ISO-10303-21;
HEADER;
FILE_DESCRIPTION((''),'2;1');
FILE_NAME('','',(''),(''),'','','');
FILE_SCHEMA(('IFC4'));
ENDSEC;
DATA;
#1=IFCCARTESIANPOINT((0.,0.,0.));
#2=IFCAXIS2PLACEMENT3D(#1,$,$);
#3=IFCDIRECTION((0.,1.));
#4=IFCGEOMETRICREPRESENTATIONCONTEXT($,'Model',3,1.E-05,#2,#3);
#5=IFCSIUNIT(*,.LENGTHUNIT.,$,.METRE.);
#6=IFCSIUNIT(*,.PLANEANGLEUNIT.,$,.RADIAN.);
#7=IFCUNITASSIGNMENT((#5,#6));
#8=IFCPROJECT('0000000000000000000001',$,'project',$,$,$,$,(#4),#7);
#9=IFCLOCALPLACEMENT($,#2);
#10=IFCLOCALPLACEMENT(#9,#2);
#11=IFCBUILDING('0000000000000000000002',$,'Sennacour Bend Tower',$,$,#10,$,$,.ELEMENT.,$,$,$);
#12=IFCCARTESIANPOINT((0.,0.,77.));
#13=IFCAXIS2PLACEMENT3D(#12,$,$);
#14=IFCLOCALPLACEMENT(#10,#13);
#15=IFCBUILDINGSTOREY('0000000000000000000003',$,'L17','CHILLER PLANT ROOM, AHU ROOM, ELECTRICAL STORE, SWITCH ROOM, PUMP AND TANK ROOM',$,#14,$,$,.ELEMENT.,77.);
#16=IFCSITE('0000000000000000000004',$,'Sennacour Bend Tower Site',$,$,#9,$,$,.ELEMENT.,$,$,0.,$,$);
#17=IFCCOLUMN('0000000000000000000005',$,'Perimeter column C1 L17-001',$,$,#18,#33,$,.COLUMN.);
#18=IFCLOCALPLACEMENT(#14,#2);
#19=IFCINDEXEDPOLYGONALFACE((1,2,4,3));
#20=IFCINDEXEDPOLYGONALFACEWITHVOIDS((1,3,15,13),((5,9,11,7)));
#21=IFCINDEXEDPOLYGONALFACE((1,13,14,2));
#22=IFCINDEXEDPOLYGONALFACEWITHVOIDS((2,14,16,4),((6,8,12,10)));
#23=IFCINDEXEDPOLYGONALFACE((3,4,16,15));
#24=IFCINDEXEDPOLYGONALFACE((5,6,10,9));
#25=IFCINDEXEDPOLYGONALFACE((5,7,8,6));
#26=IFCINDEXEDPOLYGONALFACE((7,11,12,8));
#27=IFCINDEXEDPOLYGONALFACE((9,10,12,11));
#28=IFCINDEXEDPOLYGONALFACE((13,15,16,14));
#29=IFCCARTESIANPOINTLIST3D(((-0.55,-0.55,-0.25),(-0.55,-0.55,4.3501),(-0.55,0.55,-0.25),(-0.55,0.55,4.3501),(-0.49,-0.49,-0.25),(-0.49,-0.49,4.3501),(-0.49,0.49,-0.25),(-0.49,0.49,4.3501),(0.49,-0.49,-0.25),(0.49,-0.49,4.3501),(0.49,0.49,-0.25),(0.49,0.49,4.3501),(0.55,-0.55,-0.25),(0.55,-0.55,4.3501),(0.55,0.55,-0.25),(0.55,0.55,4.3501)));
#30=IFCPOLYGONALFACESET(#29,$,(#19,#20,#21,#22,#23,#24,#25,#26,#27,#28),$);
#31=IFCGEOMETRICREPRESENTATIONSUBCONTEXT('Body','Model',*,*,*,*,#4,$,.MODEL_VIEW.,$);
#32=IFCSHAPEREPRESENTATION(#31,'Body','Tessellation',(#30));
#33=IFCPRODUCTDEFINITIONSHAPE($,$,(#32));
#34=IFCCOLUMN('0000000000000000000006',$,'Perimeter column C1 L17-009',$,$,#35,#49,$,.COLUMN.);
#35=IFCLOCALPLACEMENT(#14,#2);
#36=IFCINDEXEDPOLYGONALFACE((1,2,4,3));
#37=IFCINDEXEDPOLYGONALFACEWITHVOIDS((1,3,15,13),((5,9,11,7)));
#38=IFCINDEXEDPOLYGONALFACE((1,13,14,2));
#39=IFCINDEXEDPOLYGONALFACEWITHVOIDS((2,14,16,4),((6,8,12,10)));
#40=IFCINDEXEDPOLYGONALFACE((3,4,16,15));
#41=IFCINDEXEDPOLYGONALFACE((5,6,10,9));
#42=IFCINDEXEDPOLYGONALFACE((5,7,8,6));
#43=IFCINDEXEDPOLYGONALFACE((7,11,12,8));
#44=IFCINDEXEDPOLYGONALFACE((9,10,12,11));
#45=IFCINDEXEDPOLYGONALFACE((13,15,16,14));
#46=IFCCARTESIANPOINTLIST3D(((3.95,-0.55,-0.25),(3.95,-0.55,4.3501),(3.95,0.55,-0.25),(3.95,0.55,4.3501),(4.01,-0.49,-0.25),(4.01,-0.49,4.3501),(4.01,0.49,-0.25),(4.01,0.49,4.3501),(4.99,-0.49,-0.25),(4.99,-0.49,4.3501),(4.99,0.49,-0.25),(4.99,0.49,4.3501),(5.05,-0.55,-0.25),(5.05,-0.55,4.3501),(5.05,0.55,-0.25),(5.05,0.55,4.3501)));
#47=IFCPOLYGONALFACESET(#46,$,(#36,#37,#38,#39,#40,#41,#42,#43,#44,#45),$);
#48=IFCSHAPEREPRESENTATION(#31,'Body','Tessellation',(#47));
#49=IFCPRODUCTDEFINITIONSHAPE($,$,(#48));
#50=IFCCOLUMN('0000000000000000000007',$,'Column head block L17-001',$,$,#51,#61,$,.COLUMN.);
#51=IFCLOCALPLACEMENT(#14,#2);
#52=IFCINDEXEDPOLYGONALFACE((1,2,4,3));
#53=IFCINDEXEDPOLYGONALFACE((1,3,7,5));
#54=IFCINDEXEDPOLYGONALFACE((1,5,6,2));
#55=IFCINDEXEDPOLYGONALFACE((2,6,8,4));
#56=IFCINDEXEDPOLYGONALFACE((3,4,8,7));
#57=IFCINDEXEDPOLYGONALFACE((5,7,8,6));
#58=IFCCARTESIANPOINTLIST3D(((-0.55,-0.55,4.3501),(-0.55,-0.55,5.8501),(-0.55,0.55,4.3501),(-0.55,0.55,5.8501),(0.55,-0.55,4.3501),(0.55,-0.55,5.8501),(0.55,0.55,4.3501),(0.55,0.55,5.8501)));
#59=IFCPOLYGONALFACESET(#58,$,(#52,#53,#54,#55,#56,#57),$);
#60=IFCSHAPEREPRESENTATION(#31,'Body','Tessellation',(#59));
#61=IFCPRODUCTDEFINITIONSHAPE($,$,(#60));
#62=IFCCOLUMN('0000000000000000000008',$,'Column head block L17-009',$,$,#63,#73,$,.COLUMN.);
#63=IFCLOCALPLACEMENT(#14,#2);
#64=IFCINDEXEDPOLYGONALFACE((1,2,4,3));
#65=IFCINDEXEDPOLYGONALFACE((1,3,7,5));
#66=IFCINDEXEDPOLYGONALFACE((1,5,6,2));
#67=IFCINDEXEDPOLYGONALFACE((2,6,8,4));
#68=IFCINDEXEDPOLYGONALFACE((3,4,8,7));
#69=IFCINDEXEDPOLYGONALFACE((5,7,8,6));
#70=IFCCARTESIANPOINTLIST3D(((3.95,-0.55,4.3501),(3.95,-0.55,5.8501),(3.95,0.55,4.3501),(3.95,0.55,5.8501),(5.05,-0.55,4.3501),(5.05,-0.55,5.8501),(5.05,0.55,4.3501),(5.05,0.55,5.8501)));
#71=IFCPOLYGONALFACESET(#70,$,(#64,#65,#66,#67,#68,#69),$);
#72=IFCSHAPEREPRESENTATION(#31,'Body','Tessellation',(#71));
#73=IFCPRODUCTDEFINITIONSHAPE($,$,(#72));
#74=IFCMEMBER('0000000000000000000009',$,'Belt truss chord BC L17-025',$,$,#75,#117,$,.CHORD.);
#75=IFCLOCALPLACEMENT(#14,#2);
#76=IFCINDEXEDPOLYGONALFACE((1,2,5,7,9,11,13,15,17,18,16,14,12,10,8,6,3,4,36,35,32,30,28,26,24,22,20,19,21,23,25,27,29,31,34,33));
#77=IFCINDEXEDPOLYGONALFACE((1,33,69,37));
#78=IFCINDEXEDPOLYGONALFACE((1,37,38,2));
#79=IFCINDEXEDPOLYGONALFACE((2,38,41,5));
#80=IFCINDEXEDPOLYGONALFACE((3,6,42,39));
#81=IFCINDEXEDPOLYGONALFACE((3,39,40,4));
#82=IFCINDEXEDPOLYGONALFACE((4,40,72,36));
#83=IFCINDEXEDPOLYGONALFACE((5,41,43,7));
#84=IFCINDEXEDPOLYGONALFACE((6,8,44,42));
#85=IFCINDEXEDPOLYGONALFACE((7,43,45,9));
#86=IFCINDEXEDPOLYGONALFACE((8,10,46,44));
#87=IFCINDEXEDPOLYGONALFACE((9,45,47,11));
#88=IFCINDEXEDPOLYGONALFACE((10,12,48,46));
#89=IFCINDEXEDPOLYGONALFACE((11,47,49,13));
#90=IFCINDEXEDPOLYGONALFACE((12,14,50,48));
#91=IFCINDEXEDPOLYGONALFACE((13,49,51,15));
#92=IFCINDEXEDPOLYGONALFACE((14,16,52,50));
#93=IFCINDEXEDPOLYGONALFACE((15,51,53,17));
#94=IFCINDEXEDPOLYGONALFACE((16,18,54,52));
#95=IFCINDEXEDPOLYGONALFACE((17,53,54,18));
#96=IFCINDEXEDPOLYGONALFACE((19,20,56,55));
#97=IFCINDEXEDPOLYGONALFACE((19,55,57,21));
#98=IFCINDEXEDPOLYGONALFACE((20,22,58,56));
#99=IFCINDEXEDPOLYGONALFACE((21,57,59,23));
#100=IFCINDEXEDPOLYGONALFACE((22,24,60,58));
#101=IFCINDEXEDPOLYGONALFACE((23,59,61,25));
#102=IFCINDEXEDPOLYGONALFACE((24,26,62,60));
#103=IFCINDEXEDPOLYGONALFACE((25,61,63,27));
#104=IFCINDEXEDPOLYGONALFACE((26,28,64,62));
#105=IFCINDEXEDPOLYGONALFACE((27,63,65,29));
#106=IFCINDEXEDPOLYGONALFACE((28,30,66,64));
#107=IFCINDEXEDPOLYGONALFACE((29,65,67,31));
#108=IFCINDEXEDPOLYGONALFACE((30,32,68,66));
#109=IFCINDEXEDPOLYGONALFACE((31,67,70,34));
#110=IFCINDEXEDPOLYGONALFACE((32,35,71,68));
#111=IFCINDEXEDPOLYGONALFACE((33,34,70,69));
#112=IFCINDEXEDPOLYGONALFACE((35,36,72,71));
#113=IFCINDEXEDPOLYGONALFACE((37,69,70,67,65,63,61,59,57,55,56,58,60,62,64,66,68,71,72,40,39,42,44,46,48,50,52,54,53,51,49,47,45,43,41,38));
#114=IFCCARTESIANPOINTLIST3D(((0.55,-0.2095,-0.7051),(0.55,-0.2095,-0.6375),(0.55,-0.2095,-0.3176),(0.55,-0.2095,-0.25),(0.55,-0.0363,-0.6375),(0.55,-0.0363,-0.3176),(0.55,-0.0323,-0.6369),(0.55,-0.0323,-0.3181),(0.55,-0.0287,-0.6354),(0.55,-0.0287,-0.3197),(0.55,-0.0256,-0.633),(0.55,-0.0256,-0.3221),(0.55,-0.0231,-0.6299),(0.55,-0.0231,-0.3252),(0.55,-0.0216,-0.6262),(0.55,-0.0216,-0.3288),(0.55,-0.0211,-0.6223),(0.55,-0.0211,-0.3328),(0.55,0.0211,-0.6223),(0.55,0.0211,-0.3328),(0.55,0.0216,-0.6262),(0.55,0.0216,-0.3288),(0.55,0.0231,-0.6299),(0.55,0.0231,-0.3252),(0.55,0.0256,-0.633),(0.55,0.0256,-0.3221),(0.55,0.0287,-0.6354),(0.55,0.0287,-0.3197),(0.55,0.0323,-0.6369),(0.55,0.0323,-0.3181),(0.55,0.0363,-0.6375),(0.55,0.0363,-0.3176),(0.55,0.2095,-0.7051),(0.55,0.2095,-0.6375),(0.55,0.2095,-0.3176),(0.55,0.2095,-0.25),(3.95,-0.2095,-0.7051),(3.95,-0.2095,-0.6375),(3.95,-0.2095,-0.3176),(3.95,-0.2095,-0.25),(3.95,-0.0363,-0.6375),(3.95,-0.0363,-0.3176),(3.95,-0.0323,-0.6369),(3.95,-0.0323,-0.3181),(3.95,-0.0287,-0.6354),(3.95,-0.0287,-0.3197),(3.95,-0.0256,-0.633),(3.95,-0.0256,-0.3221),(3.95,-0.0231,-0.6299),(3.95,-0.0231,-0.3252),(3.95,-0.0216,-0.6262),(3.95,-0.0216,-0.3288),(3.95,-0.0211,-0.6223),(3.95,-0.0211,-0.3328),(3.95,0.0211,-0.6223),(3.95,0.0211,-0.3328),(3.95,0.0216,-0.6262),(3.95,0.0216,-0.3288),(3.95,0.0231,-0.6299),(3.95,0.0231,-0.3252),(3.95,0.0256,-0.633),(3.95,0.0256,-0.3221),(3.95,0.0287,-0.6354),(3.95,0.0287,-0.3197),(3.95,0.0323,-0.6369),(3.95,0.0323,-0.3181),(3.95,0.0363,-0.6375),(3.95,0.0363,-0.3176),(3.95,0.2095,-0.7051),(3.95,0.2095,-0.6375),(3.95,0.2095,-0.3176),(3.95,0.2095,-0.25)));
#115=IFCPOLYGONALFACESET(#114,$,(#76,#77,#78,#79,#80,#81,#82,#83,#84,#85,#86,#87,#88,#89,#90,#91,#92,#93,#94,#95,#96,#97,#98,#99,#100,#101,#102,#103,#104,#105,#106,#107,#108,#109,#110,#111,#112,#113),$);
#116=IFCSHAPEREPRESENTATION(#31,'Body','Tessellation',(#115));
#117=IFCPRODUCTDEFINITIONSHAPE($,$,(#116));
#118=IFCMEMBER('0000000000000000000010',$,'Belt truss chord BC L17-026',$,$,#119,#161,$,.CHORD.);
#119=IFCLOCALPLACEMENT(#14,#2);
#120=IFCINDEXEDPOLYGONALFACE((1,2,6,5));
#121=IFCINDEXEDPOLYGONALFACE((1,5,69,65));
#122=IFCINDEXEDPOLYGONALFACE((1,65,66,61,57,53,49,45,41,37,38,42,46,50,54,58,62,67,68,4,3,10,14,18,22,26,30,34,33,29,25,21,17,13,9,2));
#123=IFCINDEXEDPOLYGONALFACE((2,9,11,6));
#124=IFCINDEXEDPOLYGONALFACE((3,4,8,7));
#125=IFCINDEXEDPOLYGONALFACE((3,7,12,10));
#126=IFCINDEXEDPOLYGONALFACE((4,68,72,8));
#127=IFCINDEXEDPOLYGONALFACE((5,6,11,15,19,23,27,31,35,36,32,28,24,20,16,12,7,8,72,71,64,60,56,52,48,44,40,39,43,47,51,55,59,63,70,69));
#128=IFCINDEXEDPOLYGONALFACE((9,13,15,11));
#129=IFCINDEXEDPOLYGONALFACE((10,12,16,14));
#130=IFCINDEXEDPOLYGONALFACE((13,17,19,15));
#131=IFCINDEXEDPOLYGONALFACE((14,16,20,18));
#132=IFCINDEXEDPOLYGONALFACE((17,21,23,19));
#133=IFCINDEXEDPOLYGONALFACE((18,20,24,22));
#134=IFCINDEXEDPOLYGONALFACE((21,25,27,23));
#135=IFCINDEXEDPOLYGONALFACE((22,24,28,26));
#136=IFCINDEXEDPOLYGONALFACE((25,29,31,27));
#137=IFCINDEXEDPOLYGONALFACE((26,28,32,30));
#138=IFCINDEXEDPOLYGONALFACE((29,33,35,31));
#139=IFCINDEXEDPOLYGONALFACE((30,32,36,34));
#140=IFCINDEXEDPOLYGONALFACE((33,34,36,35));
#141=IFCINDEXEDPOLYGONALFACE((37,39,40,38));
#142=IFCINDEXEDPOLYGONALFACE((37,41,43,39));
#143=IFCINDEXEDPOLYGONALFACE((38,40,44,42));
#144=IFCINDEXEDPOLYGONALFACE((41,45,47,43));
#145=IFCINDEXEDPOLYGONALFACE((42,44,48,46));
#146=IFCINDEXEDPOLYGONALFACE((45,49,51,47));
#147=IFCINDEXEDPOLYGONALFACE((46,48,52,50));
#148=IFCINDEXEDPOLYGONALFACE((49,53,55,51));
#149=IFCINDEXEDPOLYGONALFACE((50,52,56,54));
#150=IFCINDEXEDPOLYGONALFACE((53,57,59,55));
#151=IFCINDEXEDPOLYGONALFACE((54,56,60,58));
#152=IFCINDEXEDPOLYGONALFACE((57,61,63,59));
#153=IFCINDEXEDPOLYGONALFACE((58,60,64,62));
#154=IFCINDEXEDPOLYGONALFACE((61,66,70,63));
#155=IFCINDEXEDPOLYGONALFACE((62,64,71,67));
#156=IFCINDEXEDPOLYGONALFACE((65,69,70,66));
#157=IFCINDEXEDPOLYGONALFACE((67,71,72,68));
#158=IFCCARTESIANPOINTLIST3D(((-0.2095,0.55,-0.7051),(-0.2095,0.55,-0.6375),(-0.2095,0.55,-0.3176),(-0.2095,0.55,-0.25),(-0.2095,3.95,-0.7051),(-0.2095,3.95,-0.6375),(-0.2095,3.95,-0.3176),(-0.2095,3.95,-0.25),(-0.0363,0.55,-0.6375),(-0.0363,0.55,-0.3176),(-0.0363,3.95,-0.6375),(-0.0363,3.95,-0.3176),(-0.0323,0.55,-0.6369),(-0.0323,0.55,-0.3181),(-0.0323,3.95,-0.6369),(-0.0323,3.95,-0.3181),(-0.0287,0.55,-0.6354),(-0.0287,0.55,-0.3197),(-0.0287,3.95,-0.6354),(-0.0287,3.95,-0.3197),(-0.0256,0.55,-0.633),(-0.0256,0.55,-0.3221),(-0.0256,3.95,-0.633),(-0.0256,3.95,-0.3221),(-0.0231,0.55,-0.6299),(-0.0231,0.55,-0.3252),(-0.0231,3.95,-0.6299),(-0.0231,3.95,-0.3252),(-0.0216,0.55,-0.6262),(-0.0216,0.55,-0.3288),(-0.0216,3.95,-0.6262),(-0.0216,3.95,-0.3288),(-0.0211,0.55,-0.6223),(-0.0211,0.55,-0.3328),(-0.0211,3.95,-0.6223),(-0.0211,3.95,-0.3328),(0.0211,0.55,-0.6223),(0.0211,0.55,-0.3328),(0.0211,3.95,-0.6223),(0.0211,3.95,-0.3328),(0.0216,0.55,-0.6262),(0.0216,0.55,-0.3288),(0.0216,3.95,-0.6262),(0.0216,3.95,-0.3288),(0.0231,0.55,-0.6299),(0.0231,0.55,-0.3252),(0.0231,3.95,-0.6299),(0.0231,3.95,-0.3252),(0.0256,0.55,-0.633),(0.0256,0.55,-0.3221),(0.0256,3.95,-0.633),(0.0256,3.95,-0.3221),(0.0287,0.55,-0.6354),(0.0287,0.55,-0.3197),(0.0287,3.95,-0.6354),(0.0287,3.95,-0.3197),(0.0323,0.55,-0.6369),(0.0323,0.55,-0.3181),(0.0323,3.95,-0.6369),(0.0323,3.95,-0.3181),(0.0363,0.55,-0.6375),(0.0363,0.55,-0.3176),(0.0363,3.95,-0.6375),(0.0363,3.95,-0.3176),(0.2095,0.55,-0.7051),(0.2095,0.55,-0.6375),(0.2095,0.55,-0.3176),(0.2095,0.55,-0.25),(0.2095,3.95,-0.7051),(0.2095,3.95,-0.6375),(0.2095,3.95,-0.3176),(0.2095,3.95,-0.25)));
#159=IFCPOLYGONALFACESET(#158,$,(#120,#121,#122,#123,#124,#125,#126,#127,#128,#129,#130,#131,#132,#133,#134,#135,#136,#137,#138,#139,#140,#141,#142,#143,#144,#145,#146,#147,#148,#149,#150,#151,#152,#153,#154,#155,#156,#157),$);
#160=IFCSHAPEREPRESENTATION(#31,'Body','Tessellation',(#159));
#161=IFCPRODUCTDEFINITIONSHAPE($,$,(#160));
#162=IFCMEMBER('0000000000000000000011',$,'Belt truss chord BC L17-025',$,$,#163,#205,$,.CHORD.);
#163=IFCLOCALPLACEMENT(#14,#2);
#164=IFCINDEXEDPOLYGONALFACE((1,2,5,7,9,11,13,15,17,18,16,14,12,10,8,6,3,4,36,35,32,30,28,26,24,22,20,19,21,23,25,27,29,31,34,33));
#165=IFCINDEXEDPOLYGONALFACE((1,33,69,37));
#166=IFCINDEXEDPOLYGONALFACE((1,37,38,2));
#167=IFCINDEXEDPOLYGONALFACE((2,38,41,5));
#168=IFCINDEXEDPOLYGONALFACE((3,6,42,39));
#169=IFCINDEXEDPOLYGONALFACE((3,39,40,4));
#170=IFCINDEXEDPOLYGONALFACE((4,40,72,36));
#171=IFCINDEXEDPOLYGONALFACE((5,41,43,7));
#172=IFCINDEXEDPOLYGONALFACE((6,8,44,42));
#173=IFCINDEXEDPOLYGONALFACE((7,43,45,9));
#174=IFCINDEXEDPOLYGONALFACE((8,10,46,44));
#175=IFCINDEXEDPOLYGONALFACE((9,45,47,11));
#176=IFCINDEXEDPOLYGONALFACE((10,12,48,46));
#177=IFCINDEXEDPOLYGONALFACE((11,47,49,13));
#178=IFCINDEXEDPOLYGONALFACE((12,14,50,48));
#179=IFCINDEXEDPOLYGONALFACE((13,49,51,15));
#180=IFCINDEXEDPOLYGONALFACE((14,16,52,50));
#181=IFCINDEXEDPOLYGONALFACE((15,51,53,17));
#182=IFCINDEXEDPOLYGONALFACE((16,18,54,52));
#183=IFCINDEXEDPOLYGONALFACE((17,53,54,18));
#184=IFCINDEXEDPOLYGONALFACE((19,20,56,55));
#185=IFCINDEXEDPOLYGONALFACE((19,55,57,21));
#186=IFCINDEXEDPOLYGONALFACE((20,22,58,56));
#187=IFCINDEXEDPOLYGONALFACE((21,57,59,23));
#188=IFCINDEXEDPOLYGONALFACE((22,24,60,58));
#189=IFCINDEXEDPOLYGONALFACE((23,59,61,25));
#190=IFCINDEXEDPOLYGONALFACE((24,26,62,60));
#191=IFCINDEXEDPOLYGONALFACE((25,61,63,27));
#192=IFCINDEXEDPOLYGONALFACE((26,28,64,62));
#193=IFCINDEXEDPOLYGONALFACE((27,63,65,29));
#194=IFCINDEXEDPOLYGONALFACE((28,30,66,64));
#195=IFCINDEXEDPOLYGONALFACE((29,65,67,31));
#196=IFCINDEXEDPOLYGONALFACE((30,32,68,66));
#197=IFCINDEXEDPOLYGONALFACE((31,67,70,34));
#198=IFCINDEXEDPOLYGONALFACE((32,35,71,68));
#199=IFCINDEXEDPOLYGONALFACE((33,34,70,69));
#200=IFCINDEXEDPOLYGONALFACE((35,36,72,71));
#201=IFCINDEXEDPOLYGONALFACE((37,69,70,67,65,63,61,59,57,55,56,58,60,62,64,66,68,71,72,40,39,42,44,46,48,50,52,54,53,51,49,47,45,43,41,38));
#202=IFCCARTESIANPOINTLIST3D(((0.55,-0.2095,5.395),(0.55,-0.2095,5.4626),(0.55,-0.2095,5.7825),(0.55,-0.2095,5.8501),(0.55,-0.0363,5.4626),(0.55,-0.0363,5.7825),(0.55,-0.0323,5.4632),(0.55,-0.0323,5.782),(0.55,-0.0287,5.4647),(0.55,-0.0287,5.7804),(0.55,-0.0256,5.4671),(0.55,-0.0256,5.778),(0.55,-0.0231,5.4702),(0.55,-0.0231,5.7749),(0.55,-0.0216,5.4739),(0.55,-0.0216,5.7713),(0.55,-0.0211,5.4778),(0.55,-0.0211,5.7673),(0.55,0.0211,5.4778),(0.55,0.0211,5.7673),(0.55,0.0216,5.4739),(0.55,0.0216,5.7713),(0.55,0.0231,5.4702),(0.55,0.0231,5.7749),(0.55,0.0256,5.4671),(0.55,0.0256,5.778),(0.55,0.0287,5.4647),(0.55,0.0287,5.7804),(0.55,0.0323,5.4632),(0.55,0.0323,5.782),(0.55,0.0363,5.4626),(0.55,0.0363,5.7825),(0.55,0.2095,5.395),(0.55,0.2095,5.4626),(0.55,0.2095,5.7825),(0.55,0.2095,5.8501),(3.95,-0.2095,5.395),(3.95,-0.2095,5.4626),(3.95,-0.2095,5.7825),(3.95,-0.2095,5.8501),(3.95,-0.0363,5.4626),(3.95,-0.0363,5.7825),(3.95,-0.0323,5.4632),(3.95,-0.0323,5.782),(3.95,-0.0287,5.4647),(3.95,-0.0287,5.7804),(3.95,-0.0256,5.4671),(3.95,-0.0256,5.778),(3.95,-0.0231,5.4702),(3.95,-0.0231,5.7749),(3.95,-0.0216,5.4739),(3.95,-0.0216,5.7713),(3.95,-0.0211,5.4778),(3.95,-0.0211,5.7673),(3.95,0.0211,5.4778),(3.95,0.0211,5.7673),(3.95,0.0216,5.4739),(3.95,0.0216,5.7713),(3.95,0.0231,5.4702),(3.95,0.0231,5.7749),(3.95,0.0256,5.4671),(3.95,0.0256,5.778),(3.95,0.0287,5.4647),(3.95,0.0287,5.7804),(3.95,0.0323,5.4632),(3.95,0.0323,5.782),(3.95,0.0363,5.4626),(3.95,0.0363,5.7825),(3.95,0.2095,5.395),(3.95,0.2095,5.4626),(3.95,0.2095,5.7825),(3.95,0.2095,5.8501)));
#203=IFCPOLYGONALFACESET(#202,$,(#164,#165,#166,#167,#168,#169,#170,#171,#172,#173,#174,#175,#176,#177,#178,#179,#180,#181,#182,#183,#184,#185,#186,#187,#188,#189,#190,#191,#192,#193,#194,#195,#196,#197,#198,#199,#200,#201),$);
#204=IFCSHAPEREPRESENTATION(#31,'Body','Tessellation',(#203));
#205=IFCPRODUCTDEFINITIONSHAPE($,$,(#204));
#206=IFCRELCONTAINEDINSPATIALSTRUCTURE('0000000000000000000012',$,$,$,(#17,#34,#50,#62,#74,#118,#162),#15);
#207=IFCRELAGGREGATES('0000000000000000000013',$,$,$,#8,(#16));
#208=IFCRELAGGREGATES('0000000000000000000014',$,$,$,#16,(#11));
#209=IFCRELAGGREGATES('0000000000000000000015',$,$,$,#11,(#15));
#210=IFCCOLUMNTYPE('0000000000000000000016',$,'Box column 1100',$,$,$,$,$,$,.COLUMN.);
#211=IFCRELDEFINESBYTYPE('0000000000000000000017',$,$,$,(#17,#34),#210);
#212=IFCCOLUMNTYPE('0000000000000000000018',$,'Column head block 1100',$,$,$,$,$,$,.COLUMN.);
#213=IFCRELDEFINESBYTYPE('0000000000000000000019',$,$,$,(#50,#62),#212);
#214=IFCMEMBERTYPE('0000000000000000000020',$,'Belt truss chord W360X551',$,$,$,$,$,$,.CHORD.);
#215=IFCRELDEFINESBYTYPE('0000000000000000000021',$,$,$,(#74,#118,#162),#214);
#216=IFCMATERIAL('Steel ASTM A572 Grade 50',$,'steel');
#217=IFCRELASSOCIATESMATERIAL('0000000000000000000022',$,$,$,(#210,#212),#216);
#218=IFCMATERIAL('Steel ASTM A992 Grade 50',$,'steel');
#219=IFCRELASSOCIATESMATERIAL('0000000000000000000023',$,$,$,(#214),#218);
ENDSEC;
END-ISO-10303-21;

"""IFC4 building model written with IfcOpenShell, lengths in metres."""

from ifc_helpers import new_model, si_unit, direction, frame, origin, origin_2d, place, context, subcontext, project, spatial, rectangle, hollow_rectangle, i_section, extrude, material, material_profile, profile_set, type_object, element, save


model = new_model("IFC4")

# Units and contexts
model_context = context("Model", 3, precision=1e-05, world=origin(), true_north=direction((0.0, 1.0)))
body_context = subcontext(model_context, "Body", "Model", "MODEL_VIEW")
ifc_project = project(units=[si_unit("LENGTHUNIT", "METRE"), si_unit("PLANEANGLEUNIT", "RADIAN")], contexts=[model_context])

# Site, building, storey
site_placement = place(None, origin())
site = spatial("IfcSite", under=ifc_project, at=site_placement, Name="Sennacour Bend Tower Site", CompositionType="ELEMENT", RefElevation=0.0)
building_placement = place(site_placement, origin())
building = spatial("IfcBuilding", under=site, at=building_placement, Name="Sennacour Bend Tower", CompositionType="ELEMENT")
storey_placement = place(building_placement, frame((0.0, 0.0, 77.0)))
storey = spatial("IfcBuildingStorey", under=building, at=storey_placement, Name="L17", Description="CHILLER PLANT ROOM, AHU ROOM, ELECTRICAL STORE, SWITCH ROOM, PUMP AND TANK ROOM", CompositionType="ELEMENT", Elevation=77.0)

# Columns
ifc_material_1 = material(Name="Steel ASTM A572 Grade 50", Category="steel")
ifc_material_profile_1 = material_profile(ifc_material_1, hollow_rectangle(XDim=1.1001, YDim=1.1001, WallThickness=0.0601, at=origin_2d()), Name="Steel ASTM A572 Grade 50", Category="steel")
ifc_profile_set_1 = profile_set([ifc_material_profile_1], Name="Steel ASTM A572 Grade 50")
column_type_1 = type_object("IfcColumnType", Name="Box column 1100", PredefinedType="COLUMN", material=ifc_profile_set_1)
for number, where, z_axis, x_axis, name in (
    (1, (0.0, 0.0, -0.25), (0.0, 0.0, 1.0), (1.0, 0.0, 0.0), "Perimeter column C1 L17-001"),
    (2, (4.5, 0.0, -0.25), (0.0, 0.0, 1.0), (1.0, 0.0, 0.0), "Perimeter column C1 L17-009"),
):
    element("IfcColumn", number, at=place(storey_placement, frame(where, z_axis=z_axis, x_axis=x_axis)), inside=storey, type_object=column_type_1, Name=name, PredefinedType="COLUMN", context=body_context, shape_type="SweptSolid", body=[
        extrude(hollow_rectangle(XDim=1.1001, YDim=1.1001, WallThickness=0.0601, at=origin_2d()), origin(), (0.0, 0.0, 1.0), 4.6001),
    ])
ifc_material_profile_2 = material_profile(ifc_material_1, rectangle(XDim=1.1001, YDim=1.1001, at=origin_2d()), Name="Steel ASTM A572 Grade 50", Category="steel")
ifc_profile_set_2 = profile_set([ifc_material_profile_2], Name="Steel ASTM A572 Grade 50")
column_type_2 = type_object("IfcColumnType", Name="Column head block 1100", PredefinedType="COLUMN", material=ifc_profile_set_2)
for number, where, z_axis, x_axis, name in (
    (3, (0.0, 0.0, 4.3501), (0.0, 0.0, 1.0), (1.0, 0.0, 0.0), "Column head block L17-001"),
    (4, (4.5, 0.0, 4.3501), (0.0, 0.0, 1.0), (1.0, 0.0, 0.0), "Column head block L17-009"),
):
    element("IfcColumn", number, at=place(storey_placement, frame(where, z_axis=z_axis, x_axis=x_axis)), inside=storey, type_object=column_type_2, Name=name, PredefinedType="COLUMN", context=body_context, shape_type="SweptSolid", body=[
        extrude(rectangle(XDim=1.1001, YDim=1.1001, at=origin_2d()), origin(), (0.0, 0.0, 1.0), 1.5),
    ])

# Members
ifc_material_2 = material(Name="Steel ASTM A992 Grade 50", Category="steel")
ifc_material_profile_3 = material_profile(ifc_material_2, i_section(OverallWidth=0.4189, OverallDepth=0.4551, WebThickness=0.0422, FlangeThickness=0.0676, FilletRadius=0.0151, at=origin_2d()), Name="Steel ASTM A992 Grade 50", Category="steel")
ifc_profile_set_3 = profile_set([ifc_material_profile_3], Name="Steel ASTM A992 Grade 50")
member_type_1 = type_object("IfcMemberType", Name="Belt truss chord W360X551", PredefinedType="CHORD", material=ifc_profile_set_3)
for number, where, z_axis, x_axis, name in (
    (5, (3.95, 0.0, -0.4775), (-1.0, 0.0, 0.0), (0.0, -1.0, 0.0), "Belt truss chord BC L17-025"),
    (6, (0.0, 0.55, -0.4775), (0.0, 1.0, 0.0), (-1.0, 0.0, 0.0), "Belt truss chord BC L17-026"),
    (7, (3.95, 0.0, 5.6226), (-1.0, 0.0, 0.0), (0.0, -1.0, 0.0), "Belt truss chord BC L17-025"),
):
    element("IfcMember", number, at=place(storey_placement, frame(where, z_axis=z_axis, x_axis=x_axis)), inside=storey, type_object=member_type_1, Name=name, PredefinedType="CHORD", context=body_context, shape_type="SweptSolid", body=[
        extrude(i_section(OverallWidth=0.4189, OverallDepth=0.4551, WebThickness=0.0422, FlangeThickness=0.0676, FilletRadius=0.0151, at=origin_2d()), origin(), (0.0, 0.0, 1.0), 3.3999),
    ])

save(model, "model.ifc")
